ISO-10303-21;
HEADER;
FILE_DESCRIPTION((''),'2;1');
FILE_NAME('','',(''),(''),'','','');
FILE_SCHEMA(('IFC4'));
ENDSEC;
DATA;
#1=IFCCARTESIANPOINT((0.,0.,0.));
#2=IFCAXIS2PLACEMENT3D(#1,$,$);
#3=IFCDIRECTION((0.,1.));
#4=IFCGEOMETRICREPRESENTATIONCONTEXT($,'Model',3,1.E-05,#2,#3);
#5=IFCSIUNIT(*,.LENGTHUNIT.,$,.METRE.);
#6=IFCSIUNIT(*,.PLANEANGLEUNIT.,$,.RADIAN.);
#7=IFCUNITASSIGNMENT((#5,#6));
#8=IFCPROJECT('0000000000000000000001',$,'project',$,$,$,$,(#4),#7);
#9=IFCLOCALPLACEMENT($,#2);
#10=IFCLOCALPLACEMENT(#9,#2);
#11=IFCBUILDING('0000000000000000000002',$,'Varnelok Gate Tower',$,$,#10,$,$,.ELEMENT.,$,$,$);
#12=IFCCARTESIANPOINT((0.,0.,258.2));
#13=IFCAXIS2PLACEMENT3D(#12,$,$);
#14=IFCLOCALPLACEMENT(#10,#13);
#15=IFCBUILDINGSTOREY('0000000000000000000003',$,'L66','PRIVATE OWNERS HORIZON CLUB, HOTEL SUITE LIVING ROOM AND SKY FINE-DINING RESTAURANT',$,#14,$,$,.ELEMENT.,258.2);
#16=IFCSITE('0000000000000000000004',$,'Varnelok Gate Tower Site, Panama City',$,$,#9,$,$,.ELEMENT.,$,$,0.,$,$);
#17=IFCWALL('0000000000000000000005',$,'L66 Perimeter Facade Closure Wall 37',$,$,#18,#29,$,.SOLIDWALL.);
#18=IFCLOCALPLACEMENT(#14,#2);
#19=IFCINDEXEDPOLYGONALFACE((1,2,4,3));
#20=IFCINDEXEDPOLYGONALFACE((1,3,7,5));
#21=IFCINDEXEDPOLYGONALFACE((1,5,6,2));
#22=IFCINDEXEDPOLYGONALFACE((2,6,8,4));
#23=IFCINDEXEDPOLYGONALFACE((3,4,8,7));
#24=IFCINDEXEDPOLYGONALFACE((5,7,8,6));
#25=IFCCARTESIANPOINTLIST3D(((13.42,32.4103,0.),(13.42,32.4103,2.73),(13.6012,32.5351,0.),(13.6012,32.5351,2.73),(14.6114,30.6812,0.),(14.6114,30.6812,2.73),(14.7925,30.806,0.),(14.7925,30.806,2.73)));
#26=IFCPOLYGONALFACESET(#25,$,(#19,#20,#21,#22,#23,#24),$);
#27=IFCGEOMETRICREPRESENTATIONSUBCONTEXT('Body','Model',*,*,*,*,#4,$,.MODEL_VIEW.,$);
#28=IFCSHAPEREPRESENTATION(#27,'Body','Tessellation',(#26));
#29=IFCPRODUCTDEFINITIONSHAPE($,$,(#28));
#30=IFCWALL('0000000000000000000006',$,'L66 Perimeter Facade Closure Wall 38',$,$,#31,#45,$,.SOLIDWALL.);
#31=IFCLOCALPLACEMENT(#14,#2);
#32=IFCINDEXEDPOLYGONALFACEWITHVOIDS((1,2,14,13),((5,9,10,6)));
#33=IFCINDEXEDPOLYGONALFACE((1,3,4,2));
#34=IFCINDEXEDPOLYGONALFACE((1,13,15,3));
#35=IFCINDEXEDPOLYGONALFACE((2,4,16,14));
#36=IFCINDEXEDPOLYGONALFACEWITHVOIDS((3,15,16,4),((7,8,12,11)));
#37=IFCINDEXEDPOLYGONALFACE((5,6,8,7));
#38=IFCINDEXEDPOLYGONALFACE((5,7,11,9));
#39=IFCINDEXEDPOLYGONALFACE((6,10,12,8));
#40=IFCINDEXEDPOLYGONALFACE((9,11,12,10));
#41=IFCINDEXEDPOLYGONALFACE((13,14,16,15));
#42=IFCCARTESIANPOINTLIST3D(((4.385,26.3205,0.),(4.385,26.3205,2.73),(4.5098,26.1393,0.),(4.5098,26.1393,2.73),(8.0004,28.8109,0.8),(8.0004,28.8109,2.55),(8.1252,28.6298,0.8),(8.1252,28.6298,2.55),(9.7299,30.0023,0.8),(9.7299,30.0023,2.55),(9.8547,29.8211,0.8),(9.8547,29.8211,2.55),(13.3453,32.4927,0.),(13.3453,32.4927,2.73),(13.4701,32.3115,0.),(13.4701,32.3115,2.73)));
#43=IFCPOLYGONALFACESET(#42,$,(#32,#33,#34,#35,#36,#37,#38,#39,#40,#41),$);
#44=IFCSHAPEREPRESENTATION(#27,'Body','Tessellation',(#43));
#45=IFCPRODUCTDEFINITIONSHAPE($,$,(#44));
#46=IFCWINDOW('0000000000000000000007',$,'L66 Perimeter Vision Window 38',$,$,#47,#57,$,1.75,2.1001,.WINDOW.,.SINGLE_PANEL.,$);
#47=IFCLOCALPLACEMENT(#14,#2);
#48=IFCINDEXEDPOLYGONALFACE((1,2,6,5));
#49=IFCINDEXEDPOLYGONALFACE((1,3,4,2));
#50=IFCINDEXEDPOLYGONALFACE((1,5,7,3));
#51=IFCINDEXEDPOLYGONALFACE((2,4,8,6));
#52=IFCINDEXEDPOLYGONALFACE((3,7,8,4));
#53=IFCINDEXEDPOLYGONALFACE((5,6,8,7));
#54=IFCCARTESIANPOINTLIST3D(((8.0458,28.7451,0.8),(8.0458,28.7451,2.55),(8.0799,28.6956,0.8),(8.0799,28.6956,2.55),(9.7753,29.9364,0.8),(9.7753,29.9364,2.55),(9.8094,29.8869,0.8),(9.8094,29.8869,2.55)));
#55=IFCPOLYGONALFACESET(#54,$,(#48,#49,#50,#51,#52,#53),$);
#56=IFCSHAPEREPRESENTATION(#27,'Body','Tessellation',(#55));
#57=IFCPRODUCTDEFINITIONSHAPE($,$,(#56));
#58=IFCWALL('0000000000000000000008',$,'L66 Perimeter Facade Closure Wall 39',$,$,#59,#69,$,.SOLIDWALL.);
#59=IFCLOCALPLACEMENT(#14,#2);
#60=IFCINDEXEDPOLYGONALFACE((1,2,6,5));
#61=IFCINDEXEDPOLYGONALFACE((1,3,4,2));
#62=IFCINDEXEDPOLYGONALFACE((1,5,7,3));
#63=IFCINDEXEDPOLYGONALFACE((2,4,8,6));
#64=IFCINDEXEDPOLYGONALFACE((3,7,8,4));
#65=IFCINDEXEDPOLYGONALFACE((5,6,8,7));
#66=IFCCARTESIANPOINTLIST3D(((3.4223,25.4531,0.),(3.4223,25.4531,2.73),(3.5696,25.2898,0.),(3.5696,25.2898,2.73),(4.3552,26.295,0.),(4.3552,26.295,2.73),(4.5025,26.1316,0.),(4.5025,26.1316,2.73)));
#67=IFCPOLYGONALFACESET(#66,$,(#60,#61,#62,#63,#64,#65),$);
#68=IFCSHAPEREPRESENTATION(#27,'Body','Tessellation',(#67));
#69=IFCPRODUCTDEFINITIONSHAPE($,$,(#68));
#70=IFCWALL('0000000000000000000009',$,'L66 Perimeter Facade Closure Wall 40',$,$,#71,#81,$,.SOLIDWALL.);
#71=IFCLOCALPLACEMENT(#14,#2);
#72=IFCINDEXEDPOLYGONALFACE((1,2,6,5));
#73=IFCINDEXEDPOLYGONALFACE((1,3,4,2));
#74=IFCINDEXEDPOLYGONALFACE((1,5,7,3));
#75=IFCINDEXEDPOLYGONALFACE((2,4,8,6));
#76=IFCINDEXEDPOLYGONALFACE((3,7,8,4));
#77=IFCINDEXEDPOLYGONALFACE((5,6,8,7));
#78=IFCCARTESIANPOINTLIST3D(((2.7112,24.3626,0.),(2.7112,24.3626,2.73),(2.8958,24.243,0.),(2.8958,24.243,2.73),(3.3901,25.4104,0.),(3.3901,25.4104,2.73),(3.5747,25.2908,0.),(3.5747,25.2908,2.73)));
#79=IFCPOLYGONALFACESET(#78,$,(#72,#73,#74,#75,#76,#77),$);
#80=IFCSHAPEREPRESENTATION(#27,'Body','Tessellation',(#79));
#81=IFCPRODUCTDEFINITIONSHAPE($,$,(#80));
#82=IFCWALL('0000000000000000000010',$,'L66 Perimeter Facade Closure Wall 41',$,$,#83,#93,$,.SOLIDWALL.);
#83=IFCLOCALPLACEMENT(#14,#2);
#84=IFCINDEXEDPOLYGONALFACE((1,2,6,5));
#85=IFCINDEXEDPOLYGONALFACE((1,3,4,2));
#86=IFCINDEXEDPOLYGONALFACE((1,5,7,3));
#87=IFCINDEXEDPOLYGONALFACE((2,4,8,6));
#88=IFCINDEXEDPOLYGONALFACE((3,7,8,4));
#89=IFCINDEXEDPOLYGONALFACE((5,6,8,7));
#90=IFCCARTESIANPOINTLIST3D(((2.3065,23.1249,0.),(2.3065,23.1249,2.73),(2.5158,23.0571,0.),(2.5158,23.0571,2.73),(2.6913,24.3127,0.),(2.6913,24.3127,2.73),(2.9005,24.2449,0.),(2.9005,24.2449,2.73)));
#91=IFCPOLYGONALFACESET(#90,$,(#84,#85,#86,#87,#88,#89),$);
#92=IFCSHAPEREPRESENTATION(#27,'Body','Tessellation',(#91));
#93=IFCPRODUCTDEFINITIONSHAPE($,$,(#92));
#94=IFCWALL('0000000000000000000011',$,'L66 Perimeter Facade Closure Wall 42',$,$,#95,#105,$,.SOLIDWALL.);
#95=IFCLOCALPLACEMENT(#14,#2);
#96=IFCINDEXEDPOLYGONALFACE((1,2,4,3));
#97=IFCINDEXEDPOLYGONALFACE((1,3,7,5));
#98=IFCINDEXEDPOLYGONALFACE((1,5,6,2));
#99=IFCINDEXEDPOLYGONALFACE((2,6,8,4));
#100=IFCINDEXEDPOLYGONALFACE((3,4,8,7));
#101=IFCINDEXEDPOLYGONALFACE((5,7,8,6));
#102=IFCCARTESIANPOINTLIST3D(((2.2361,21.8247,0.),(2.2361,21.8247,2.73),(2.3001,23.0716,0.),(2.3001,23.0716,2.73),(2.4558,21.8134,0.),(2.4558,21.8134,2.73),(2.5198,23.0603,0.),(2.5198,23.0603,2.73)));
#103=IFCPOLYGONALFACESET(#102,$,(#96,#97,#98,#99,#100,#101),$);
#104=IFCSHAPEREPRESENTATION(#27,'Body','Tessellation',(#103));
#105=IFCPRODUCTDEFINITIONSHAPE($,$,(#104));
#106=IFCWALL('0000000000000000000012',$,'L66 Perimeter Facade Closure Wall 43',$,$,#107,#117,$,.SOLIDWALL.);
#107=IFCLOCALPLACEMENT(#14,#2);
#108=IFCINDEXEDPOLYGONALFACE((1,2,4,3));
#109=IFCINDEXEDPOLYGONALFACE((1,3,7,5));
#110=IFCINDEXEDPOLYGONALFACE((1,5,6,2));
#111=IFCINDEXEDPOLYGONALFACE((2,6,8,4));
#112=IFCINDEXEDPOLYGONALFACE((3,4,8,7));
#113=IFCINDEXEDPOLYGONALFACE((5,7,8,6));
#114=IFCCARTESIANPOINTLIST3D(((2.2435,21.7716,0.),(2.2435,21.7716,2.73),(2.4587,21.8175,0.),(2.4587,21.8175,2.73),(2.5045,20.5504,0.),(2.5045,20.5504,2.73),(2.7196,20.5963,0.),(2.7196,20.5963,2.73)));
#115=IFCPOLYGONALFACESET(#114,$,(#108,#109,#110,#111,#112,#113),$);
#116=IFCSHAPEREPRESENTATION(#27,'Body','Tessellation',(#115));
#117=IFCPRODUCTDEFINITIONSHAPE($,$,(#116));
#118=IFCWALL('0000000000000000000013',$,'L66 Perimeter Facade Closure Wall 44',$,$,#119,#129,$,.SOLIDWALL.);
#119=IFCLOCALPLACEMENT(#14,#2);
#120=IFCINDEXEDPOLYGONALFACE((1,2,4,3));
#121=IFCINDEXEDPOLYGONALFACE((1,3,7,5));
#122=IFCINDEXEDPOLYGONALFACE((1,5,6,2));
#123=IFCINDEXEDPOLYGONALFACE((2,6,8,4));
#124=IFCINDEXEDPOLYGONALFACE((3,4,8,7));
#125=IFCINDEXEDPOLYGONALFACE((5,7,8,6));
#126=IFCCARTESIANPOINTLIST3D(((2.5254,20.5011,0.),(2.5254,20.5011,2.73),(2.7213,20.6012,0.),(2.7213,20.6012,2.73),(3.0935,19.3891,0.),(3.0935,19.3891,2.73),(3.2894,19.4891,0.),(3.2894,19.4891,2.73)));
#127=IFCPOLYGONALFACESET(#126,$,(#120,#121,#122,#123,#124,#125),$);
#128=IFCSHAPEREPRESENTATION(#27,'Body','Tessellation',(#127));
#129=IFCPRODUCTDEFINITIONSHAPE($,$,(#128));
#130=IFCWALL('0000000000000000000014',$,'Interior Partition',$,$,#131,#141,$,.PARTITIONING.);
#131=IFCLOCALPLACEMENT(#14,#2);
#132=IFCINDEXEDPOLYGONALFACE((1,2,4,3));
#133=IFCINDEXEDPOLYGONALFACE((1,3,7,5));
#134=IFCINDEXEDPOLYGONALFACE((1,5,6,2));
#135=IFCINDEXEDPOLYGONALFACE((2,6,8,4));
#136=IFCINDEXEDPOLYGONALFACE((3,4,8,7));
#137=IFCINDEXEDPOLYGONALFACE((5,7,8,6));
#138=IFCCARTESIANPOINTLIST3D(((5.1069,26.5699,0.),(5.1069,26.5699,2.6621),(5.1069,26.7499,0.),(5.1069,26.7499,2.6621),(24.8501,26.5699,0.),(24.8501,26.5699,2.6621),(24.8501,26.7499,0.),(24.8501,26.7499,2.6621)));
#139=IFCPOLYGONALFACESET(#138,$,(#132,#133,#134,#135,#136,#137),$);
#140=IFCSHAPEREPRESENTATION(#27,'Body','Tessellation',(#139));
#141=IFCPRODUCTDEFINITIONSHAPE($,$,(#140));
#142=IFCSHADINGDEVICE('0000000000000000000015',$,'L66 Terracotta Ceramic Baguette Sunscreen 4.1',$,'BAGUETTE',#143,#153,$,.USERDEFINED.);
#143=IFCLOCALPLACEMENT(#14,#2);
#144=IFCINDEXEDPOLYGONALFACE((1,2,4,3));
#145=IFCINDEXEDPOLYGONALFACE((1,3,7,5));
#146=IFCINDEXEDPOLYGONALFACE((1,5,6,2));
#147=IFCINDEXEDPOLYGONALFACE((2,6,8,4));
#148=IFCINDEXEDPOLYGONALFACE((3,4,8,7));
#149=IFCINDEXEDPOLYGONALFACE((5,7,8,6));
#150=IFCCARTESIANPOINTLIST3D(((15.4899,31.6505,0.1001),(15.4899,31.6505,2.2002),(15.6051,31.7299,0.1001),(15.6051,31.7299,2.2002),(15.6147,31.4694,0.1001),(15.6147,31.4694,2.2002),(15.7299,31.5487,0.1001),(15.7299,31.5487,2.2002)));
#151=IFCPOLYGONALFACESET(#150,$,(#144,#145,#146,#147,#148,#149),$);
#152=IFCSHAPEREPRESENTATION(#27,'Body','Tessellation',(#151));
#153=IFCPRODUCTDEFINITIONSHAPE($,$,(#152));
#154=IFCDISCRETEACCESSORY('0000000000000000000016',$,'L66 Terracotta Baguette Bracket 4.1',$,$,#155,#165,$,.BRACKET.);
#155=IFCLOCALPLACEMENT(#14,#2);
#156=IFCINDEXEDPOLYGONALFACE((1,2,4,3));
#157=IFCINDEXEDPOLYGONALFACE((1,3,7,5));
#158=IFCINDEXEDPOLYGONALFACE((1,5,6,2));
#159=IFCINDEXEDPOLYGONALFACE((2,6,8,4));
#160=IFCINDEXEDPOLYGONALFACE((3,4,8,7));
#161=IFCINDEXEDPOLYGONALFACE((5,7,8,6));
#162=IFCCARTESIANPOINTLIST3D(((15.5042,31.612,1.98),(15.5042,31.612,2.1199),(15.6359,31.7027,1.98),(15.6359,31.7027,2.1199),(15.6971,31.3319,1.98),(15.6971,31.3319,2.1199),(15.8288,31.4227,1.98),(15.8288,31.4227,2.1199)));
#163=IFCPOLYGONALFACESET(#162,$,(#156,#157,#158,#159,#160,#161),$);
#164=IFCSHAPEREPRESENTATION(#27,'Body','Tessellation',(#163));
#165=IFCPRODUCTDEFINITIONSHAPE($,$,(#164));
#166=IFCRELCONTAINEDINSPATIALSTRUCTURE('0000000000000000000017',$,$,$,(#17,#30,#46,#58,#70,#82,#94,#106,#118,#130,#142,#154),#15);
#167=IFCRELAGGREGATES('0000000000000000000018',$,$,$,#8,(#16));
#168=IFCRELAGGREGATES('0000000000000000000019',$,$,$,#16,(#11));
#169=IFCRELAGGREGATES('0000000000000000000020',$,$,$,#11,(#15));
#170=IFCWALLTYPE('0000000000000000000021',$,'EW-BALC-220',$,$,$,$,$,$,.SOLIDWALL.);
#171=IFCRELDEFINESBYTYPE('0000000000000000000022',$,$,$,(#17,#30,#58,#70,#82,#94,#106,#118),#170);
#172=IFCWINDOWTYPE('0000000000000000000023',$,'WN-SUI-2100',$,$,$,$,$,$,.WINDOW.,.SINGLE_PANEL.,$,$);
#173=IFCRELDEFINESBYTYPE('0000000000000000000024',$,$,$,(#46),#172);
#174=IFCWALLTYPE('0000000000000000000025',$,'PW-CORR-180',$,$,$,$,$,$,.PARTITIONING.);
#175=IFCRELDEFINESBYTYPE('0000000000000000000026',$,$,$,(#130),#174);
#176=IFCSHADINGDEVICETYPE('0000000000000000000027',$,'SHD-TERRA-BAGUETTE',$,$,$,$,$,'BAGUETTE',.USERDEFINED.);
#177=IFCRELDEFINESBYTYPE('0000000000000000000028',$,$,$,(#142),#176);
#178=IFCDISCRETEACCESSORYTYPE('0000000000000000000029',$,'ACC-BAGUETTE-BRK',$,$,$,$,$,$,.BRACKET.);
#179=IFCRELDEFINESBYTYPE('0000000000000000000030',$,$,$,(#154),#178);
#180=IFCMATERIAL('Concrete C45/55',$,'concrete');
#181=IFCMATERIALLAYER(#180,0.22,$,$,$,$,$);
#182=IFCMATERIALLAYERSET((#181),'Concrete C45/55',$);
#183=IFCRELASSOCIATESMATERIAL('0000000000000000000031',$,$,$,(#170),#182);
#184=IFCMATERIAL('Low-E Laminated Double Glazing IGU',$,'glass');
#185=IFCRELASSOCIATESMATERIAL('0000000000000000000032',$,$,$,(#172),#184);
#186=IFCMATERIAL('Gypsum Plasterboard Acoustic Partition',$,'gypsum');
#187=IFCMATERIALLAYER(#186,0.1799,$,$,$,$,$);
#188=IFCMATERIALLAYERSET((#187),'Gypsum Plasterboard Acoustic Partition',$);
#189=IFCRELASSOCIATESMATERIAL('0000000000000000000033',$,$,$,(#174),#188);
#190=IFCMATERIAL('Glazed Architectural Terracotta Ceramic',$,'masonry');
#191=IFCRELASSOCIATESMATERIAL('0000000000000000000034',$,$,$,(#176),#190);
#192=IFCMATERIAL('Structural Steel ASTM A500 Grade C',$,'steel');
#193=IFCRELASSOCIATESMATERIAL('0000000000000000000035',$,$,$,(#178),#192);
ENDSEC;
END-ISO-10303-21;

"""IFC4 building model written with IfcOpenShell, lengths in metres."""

from ifc_helpers import new_model, si_unit, direction, frame, frame_2d, origin, origin_2d, place, context, subcontext, project, spatial, rectangle, extrude, source, transform, mapped, material, layer, layer_set, type_object, element, fill, save


model = new_model("IFC4")

# Units and contexts
model_context = context("Model", 3, precision=1e-05, world=origin(), true_north=direction((0.0, 1.0)))
body_context = subcontext(model_context, "Body", "Model", "MODEL_VIEW")
ifc_project = project(units=[si_unit("LENGTHUNIT", "METRE"), si_unit("PLANEANGLEUNIT", "RADIAN")], contexts=[model_context])

# Site, building, storey
site_placement = place(None, origin())
site = spatial("IfcSite", under=ifc_project, at=site_placement, Name="Varnelok Gate Tower Site, Panama City", CompositionType="ELEMENT", RefElevation=0.0)
building_placement = place(site_placement, origin())
building = spatial("IfcBuilding", under=site, at=building_placement, Name="Varnelok Gate Tower", CompositionType="ELEMENT")
storey_placement = place(building_placement, frame((0.0, 0.0, 258.2)))
storey = spatial("IfcBuildingStorey", under=building, at=storey_placement, Name="L66", Description="PRIVATE OWNERS HORIZON CLUB, HOTEL SUITE LIVING ROOM AND SKY FINE-DINING RESTAURANT", CompositionType="ELEMENT", Elevation=258.2)

# Shared definitions
ifc_material_1 = material(Name="Concrete C45/55", Category="concrete")
ifc_layer_1 = layer(ifc_material_1, 0.22)
ifc_layer_set_1 = layer_set([ifc_layer_1], Name="Concrete C45/55")
wall_type_1 = type_object("IfcWallType", Name="EW-BALC-220", PredefinedType="SOLIDWALL", material=ifc_layer_set_1)

# Wall
wall_1_placement = place(storey_placement, frame((14.7019, 30.7437, 0.0), z_axis=(0.0, 0.0, 1.0), x_axis=(-0.567353, 0.823475, 0.0)))
element("IfcWall", 1, at=wall_1_placement, inside=storey, type_object=wall_type_1, Name="L66 Perimeter Facade Closure Wall 37", PredefinedType="SOLIDWALL", context=body_context, shape_type="SweptSolid", body=[
    extrude(rectangle(XDim=2.0999, YDim=0.22, at=frame_2d((1.0498, 0.0))), origin(), (0.0, 0.0, 1.0), 2.73),
])

# Wall, opening, window
wall_2_placement = place(storey_placement, frame((13.4077, 32.4021, 0.0), z_axis=(0.0, 0.0, 1.0), x_axis=(-0.823528, -0.567276, 0.0)))
wall_2 = element("IfcWall", 2, at=wall_2_placement, inside=storey, type_object=wall_type_1, Name="L66 Perimeter Facade Closure Wall 38", PredefinedType="SOLIDWALL", context=body_context, shape_type="SweptSolid", body=[
    extrude(rectangle(XDim=10.8804, YDim=0.22, at=frame_2d((5.4402, 0.0))), origin(), (0.0, 0.0, 1.0), 2.73),
])
opening_1_placement = place(wall_2_placement, frame((4.3901, 0.0, 0.8)))
opening_1 = element("IfcOpeningElement", 3, at=opening_1_placement, cuts=wall_2, PredefinedType="OPENING", context=body_context, shape_type="SweptSolid", body=[
    extrude(rectangle(XDim=2.1001, YDim=1.75, at=frame_2d((1.05, 0.875))), frame((0.0, 0.1199, 0.0), z_axis=(0.0, -1.0, 0.0), x_axis=(1.0, 0.0, 0.0)), (0.0, 0.0, 1.0), 0.24),
])
ifc_material_2 = material(Name="Low-E Laminated Double Glazing IGU", Category="glass")
window_type = type_object("IfcWindowType", Name="WN-SUI-2100", PartitioningType="SINGLE_PANEL", PredefinedType="WINDOW", material=ifc_material_2)
window_placement = place(opening_1_placement, origin())
window = element("IfcWindow", 4, at=window_placement, inside=storey, type_object=window_type, Name="L66 Perimeter Vision Window 38", OverallHeight=1.75, OverallWidth=2.1001, PartitioningType="SINGLE_PANEL", PredefinedType="WINDOW", context=body_context, shape_type="SweptSolid", body=[
    extrude(rectangle(XDim=2.1001, YDim=1.75, at=frame_2d((1.05, 0.875))), frame((0.0, 0.03, 0.0), z_axis=(0.0, -1.0, 0.0), x_axis=(1.0, 0.0, 0.0)), (0.0, 0.0, 1.0), 0.0601),
])
fill(opening_1, window)

# Walls
wall_3_placement = place(storey_placement, frame((4.429, 26.2134, 0.0), z_axis=(0.0, 0.0, 1.0), x_axis=(-0.742414, -0.669941, 0.0)))
element("IfcWall", 5, at=wall_3_placement, inside=storey, type_object=wall_type_1, Name="L66 Perimeter Facade Closure Wall 39", PredefinedType="SOLIDWALL", context=body_context, shape_type="SweptSolid", body=[
    extrude(rectangle(XDim=1.2566, YDim=0.22, at=frame_2d((0.6284, 0.0))), origin(), (0.0, 0.0, 1.0), 2.73),
])
for number, where, z_axis, x_axis, name in (
    (6, (3.4824, 25.3506, 0.0), (0.0, 0.0, 1.0), (-0.543778, -0.839229, 0.0), "L66 Perimeter Facade Closure Wall 40"),
    (7, (2.7959, 24.2788, 0.0), (0.0, 0.0, 1.0), (-0.30818, -0.951328, 0.0), "L66 Perimeter Facade Closure Wall 41"),
    (8, (2.4099, 23.0659, 0.0), (0.0, 0.0, 1.0), (-0.051235, -0.998687, 0.0), "L66 Perimeter Facade Closure Wall 42"),
):
    element("IfcWall", number, at=place(storey_placement, frame(where, z_axis=z_axis, x_axis=x_axis)), inside=storey, type_object=wall_type_1, Name=name, PredefinedType="SOLIDWALL", context=body_context, shape_type="SweptSolid", body=[
        extrude(rectangle(XDim=1.2485, YDim=0.22, at=frame_2d((0.6243, 0.0))), origin(), (0.0, 0.0, 1.0), 2.73),
    ])
for number, where, z_axis, x_axis, name in (
    (9, (2.3511, 21.7947, 0.0), (0.0, 0.0, 1.0), (0.208995, -0.977917, 0.0), "L66 Perimeter Facade Closure Wall 43"),
    (10, (2.6233, 20.5513, 0.0), (0.0, 0.0, 1.0), (0.454939, -0.890523, 0.0), "L66 Perimeter Facade Closure Wall 44"),
):
    element("IfcWall", number, at=place(storey_placement, frame(where, z_axis=z_axis, x_axis=x_axis)), inside=storey, type_object=wall_type_1, Name=name, PredefinedType="SOLIDWALL", context=body_context, shape_type="SweptSolid", body=[
        extrude(rectangle(XDim=1.2488, YDim=0.22, at=frame_2d((0.6245, 0.0))), origin(), (0.0, 0.0, 1.0), 2.73),
    ])
ifc_material_3 = material(Name="Gypsum Plasterboard Acoustic Partition", Category="gypsum")
ifc_layer_2 = layer(ifc_material_3, 0.1799)
ifc_layer_set_2 = layer_set([ifc_layer_2], Name="Gypsum Plasterboard Acoustic Partition")
wall_type_2 = type_object("IfcWallType", Name="PW-CORR-180", PredefinedType="PARTITIONING", material=ifc_layer_set_2)
wall_4_placement = place(storey_placement, frame((5.1069, 26.6599, 0.0), z_axis=(0.0, 0.0, 1.0), x_axis=(1.0, 0.0, 0.0)))
element("IfcWall", 11, at=wall_4_placement, inside=storey, type_object=wall_type_2, Name="Interior Partition", PredefinedType="PARTITIONING", context=body_context, shape_type="SweptSolid", body=[
    extrude(rectangle(XDim=19.7432, YDim=0.1799, at=frame_2d((9.8716, 0.0))), origin(), (0.0, 0.0, 1.0), 2.6621),
])

# Shading device
ifc_material_4 = material(Name="Glazed Architectural Terracotta Ceramic", Category="masonry")
shading_device_type = type_object("IfcShadingDeviceType", Name="SHD-TERRA-BAGUETTE", ElementType="BAGUETTE", PredefinedType="USERDEFINED", material=ifc_material_4)
shared_shape_1 = source(origin(), body_context, "Body", "SweptSolid", [
    extrude(rectangle(XDim=0.1399, YDim=0.22, at=origin_2d()), origin(), (0.0, 0.0, 1.0), 2.1001),
])
shading_device_placement = place(storey_placement, frame((15.6099, 31.5996, 0.1001), z_axis=(0.0, 0.0, 1.0), x_axis=(0.823533, 0.567269, 0.0)))
element("IfcShadingDevice", 12, at=shading_device_placement, inside=storey, type_object=shading_device_type, Name="L66 Terracotta Ceramic Baguette Sunscreen 4.1", ObjectType="BAGUETTE", PredefinedType="USERDEFINED", context=body_context, shape_type="MappedRepresentation", body=[
    mapped(shared_shape_1, transform((0.0, 0.0, 0.0), scale=1.0)),
])

# Discrete accessory
ifc_material_5 = material(Name="Structural Steel ASTM A500 Grade C", Category="steel")
discrete_accessory_type = type_object("IfcDiscreteAccessoryType", Name="ACC-BAGUETTE-BRK", PredefinedType="BRACKET", material=ifc_material_5)
shared_shape_2 = source(origin(), body_context, "Body", "SweptSolid", [
    extrude(rectangle(XDim=0.1599, YDim=0.3401, at=origin_2d()), origin(), (0.0, 0.0, 1.0), 0.1399),
])
discrete_accessory_placement = place(storey_placement, frame((15.6665, 31.5173, 1.98), z_axis=(0.0, 0.0, 1.0), x_axis=(0.823533, 0.567269, 0.0)))
element("IfcDiscreteAccessory", 13, at=discrete_accessory_placement, inside=storey, type_object=discrete_accessory_type, Name="L66 Terracotta Baguette Bracket 4.1", PredefinedType="BRACKET", context=body_context, shape_type="MappedRepresentation", body=[
    mapped(shared_shape_2, transform((0.0, 0.0, 0.0), scale=1.0)),
])

save(model, "model.ifc")
